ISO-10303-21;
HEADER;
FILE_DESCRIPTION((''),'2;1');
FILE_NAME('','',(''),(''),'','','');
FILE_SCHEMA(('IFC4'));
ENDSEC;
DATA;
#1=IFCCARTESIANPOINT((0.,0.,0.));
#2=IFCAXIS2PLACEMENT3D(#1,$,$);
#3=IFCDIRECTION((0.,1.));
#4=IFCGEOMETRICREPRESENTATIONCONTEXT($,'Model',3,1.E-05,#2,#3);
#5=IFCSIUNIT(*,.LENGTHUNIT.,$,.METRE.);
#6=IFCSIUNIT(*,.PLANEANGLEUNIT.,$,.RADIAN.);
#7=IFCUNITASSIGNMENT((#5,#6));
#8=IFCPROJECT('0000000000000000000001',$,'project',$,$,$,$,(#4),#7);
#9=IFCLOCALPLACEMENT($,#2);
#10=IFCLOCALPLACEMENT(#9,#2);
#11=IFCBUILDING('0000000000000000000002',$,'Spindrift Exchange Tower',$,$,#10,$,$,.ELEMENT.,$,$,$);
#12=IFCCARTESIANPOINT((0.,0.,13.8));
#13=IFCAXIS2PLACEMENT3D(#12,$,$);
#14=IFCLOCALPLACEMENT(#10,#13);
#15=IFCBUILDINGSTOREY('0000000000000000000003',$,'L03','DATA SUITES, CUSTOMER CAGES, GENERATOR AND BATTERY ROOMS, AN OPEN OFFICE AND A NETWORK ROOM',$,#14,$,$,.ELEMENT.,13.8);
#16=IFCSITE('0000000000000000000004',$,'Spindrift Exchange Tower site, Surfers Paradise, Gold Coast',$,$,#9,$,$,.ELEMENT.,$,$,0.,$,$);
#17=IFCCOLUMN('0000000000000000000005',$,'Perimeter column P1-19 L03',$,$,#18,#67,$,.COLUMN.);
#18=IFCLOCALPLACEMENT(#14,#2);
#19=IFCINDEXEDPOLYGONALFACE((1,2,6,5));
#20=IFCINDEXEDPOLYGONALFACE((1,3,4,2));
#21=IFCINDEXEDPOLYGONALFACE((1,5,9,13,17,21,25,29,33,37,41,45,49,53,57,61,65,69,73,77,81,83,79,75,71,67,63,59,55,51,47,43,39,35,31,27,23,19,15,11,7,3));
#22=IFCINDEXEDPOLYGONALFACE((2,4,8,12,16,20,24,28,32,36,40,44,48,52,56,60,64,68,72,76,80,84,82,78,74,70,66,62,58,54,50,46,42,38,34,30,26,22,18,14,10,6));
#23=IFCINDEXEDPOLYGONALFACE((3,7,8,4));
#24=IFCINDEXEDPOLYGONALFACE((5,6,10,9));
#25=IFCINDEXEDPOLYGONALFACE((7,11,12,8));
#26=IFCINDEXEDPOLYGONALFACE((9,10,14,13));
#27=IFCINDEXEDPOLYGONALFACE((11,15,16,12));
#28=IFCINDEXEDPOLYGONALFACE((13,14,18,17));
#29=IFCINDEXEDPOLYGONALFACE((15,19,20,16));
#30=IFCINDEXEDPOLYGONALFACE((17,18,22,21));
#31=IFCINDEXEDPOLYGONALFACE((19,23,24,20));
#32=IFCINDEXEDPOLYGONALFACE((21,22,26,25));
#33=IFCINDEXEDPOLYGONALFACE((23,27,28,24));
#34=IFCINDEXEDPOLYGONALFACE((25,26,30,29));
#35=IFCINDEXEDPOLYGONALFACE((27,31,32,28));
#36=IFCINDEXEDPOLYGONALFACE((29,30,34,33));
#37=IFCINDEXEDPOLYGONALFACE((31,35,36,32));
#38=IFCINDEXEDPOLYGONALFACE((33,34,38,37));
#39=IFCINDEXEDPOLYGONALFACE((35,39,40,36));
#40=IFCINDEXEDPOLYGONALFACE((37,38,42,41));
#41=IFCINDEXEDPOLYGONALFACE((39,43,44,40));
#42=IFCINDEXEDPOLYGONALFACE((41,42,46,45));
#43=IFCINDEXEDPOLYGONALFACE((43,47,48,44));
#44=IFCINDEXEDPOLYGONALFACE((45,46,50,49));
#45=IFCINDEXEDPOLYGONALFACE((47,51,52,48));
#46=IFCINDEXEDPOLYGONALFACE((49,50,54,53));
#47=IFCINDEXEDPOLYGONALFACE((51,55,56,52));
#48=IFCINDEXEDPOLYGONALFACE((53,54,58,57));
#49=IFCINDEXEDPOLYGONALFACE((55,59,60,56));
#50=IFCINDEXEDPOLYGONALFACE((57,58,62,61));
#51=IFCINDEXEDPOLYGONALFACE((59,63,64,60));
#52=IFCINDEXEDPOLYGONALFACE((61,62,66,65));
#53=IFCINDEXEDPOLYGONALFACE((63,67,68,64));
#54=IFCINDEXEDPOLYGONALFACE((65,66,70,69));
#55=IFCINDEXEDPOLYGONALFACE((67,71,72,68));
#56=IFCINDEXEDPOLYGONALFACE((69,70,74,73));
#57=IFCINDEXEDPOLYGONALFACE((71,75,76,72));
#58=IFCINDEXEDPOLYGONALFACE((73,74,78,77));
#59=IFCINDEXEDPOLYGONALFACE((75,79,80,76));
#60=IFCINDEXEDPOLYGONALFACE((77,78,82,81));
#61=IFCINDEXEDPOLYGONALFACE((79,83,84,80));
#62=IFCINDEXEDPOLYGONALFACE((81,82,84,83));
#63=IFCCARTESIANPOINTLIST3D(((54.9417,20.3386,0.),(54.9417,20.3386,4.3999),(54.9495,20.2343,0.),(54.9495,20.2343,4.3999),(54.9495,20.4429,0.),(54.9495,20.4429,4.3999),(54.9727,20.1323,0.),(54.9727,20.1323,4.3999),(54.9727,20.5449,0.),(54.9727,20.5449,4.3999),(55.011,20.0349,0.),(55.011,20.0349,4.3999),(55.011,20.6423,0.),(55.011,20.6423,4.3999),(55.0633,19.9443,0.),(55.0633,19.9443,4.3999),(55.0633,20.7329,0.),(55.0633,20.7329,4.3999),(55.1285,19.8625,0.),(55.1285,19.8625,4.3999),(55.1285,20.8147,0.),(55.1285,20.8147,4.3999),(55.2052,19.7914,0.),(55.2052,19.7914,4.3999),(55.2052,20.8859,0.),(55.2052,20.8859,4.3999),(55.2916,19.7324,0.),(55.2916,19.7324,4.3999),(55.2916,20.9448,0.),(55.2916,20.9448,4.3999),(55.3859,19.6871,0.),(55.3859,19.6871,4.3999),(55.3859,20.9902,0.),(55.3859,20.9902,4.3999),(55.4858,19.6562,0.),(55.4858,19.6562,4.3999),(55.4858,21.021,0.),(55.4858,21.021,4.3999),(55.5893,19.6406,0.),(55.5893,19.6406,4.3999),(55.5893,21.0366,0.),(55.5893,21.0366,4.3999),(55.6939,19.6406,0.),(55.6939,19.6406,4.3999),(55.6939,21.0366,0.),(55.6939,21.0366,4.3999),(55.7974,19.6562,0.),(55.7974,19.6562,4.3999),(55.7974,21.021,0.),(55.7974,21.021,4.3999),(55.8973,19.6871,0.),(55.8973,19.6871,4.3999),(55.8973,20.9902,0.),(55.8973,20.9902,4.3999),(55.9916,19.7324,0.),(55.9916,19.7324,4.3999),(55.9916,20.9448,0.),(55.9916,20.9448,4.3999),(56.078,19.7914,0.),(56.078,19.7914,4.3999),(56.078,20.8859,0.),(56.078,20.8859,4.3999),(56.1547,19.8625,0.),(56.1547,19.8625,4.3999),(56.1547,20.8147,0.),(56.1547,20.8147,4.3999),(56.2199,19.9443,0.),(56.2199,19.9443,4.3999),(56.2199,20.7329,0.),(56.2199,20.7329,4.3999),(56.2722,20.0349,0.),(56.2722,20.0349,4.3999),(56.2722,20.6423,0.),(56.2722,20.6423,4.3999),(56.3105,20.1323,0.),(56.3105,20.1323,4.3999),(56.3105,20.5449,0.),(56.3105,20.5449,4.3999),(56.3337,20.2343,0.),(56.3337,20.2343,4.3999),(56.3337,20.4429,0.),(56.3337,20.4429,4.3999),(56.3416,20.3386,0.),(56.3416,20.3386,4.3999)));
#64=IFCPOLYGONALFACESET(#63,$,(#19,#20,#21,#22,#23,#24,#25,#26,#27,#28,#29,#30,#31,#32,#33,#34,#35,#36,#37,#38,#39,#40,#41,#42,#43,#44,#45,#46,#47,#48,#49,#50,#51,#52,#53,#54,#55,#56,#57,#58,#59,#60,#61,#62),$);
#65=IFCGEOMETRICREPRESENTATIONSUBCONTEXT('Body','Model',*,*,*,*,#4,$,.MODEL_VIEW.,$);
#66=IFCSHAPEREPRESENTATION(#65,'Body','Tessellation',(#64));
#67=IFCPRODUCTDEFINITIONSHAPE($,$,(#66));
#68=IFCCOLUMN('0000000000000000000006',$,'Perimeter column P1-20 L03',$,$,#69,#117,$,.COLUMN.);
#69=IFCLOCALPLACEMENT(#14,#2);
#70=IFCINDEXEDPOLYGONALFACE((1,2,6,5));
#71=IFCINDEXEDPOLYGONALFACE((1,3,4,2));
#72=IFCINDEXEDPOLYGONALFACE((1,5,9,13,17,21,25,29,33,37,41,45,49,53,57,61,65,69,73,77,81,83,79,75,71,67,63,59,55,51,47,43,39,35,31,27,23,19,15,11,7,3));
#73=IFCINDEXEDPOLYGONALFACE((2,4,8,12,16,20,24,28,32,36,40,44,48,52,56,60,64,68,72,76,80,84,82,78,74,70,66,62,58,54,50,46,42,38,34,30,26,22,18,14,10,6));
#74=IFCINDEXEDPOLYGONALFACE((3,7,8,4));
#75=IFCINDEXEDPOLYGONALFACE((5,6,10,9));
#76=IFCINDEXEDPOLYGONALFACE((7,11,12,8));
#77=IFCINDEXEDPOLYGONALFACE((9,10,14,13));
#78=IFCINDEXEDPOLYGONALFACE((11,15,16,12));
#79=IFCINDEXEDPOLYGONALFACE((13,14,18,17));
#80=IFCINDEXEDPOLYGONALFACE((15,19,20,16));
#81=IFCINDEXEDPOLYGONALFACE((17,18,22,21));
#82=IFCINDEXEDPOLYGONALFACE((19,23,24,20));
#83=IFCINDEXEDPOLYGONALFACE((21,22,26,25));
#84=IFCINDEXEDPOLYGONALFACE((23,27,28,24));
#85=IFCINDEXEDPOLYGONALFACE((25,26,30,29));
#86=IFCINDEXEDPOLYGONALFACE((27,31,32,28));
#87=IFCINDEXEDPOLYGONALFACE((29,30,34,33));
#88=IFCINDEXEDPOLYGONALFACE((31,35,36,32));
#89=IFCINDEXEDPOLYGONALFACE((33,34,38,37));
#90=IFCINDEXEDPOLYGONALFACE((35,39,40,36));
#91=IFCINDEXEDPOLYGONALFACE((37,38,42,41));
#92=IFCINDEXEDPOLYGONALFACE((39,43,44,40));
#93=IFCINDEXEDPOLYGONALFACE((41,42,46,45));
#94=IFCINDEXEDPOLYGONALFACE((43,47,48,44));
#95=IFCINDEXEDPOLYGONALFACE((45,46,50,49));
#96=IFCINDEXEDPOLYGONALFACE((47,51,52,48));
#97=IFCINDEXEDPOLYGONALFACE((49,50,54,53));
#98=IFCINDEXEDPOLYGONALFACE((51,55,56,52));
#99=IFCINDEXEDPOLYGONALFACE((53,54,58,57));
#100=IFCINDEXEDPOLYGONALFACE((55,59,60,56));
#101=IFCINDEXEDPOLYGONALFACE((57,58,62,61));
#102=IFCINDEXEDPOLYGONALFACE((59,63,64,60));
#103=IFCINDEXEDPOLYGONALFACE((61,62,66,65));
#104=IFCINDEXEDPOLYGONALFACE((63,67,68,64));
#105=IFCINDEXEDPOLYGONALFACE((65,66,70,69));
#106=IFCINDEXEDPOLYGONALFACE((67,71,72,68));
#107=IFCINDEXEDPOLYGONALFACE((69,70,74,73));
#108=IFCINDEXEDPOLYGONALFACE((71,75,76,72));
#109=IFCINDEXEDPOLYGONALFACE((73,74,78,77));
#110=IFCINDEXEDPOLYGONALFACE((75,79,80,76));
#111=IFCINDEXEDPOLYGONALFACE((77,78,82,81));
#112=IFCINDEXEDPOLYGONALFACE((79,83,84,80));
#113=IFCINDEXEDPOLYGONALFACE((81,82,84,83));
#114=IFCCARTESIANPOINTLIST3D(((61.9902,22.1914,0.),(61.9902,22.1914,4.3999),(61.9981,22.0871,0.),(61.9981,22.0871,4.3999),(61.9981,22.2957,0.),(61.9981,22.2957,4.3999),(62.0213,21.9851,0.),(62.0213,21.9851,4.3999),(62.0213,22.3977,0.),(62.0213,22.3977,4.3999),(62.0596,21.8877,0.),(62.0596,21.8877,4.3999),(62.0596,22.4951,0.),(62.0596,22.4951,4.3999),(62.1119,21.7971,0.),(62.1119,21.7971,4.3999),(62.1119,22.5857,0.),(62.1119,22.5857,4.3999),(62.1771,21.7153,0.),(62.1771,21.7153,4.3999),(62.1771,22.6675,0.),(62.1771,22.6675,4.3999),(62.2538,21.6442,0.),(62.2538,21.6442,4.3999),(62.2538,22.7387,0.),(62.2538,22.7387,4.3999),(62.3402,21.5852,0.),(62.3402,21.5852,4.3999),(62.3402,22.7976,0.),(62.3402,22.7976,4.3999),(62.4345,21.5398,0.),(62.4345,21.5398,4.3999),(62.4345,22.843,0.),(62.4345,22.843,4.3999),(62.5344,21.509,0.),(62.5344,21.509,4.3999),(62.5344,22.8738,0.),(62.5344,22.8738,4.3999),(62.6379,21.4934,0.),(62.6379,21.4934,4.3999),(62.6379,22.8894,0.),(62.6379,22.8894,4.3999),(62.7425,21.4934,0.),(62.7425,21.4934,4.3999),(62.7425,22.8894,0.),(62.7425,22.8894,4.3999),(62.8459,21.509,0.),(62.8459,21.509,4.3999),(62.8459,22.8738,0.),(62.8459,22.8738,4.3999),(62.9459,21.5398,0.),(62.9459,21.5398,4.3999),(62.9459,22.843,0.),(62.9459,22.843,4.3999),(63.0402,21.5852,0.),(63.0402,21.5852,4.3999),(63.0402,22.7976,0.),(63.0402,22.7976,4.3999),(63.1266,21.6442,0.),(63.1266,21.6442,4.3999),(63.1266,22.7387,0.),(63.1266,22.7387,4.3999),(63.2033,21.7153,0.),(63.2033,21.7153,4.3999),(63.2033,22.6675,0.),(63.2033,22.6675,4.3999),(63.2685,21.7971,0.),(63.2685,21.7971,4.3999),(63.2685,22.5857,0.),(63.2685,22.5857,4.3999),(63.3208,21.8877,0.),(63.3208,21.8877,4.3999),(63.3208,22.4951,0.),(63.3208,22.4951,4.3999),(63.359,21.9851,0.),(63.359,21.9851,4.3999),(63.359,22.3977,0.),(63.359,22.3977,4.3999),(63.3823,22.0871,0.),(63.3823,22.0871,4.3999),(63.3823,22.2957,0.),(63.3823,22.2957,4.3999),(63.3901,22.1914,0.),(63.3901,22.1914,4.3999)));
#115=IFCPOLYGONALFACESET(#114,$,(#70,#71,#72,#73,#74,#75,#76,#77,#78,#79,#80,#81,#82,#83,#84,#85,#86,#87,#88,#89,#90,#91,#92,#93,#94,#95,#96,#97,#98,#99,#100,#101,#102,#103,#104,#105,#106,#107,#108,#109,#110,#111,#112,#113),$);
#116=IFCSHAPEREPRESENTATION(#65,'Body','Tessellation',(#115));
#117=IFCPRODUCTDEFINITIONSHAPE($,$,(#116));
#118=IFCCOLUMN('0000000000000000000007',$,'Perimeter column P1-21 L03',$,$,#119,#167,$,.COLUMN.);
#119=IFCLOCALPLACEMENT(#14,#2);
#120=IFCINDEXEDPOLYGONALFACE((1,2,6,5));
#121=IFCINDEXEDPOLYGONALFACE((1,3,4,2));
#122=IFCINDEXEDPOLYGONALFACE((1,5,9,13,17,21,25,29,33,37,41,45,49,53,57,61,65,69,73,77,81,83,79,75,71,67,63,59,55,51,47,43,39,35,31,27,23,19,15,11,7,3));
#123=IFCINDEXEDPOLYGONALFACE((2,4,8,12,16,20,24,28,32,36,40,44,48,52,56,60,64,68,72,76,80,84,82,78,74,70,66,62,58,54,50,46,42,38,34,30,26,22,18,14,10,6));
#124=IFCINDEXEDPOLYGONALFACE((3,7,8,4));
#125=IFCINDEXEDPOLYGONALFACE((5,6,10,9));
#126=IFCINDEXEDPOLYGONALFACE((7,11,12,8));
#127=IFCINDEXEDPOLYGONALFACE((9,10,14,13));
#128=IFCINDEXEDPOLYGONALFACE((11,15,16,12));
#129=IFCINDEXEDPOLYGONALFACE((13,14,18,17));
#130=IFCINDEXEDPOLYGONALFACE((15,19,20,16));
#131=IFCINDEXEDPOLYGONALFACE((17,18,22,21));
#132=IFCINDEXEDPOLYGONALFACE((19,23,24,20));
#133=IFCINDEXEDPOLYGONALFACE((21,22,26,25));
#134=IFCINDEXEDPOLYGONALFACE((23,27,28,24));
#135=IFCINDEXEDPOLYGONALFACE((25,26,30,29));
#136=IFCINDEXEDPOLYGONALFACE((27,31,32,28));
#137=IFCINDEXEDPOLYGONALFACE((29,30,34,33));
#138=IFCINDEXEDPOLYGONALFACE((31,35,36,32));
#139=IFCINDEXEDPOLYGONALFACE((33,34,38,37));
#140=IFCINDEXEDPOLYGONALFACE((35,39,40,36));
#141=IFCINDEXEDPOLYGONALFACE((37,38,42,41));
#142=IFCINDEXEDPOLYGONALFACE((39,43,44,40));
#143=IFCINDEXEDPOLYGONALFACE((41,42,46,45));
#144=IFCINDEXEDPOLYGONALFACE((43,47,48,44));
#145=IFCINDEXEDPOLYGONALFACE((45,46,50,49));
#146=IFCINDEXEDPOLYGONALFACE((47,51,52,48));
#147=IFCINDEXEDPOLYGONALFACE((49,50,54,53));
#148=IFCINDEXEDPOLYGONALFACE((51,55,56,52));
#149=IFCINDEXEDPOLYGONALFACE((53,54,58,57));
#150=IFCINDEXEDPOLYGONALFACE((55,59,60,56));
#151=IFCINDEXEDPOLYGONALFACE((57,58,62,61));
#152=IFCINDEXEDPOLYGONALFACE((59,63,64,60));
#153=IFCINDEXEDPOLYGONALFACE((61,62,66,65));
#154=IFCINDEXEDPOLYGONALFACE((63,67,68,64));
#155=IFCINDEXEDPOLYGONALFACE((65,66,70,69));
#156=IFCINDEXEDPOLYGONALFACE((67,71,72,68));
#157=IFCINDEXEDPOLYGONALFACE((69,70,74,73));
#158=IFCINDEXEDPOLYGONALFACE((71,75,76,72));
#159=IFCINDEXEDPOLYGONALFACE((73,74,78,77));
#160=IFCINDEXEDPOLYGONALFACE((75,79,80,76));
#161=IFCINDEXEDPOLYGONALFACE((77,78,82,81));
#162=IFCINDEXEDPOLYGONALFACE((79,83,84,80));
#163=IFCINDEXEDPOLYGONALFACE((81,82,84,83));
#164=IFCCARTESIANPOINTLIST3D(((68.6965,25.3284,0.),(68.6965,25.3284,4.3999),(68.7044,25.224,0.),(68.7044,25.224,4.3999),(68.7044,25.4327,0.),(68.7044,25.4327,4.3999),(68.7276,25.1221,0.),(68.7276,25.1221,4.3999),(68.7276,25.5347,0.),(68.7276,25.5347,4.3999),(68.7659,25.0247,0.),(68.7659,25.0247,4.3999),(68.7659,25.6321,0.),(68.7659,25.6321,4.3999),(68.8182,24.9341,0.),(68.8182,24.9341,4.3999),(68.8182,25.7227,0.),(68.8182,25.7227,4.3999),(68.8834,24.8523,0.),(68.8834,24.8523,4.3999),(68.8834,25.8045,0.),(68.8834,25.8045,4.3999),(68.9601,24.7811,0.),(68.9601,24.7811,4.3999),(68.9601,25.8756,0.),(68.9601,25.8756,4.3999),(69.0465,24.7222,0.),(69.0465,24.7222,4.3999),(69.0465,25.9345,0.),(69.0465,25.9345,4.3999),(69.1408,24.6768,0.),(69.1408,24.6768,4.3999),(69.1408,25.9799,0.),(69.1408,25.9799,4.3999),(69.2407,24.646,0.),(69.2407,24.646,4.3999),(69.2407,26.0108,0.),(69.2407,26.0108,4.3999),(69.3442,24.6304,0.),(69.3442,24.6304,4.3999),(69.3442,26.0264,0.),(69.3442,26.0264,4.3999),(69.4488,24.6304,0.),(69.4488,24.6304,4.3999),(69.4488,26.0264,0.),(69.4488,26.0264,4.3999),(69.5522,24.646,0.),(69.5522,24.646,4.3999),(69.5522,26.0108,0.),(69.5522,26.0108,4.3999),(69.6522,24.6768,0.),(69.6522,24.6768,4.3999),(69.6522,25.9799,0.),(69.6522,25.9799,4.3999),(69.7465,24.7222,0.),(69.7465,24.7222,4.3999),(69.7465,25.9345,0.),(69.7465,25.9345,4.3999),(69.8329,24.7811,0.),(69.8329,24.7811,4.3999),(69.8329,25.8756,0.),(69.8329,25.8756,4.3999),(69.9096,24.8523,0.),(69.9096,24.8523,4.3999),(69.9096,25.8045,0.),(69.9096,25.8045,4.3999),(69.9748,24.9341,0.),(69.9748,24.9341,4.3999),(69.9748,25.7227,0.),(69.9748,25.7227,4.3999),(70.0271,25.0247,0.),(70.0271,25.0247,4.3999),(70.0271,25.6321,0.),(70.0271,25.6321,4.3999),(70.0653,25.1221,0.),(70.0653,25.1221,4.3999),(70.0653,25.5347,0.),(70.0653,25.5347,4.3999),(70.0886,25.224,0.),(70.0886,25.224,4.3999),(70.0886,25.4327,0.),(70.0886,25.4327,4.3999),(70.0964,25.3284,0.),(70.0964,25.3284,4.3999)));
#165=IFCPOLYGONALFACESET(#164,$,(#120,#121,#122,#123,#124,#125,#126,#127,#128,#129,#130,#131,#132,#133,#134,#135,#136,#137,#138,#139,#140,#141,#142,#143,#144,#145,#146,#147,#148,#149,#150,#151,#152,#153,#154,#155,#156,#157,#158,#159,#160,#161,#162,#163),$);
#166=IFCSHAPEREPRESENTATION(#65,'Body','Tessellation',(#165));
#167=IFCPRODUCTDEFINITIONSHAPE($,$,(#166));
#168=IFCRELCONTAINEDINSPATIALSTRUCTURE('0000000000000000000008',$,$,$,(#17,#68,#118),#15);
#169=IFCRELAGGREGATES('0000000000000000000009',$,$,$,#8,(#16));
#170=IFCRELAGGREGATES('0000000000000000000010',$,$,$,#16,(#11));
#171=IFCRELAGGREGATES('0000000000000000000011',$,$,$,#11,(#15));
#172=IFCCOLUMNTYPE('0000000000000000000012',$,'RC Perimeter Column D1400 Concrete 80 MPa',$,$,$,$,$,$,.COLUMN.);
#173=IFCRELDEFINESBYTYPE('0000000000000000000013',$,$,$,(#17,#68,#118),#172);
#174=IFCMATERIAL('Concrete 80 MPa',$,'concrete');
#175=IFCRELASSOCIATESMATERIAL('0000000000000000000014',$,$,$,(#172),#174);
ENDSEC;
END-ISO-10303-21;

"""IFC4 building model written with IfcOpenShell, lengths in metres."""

from ifc_helpers import new_model, si_unit, direction, frame, origin, origin_2d, place, context, subcontext, project, spatial, circle, extrude, source, transform, mapped, material, material_profile, profile_set, type_object, element, save


model = new_model("IFC4")

# Units and contexts
model_context = context("Model", 3, precision=1e-05, world=origin(), true_north=direction((0.0, 1.0)))
body_context = subcontext(model_context, "Body", "Model", "MODEL_VIEW")
ifc_project = project(units=[si_unit("LENGTHUNIT", "METRE"), si_unit("PLANEANGLEUNIT", "RADIAN")], contexts=[model_context])

# Site, building, storey
site_placement = place(None, origin())
site = spatial("IfcSite", under=ifc_project, at=site_placement, Name="Spindrift Exchange Tower site, Surfers Paradise, Gold Coast", CompositionType="ELEMENT", RefElevation=0.0)
building_placement = place(site_placement, origin())
building = spatial("IfcBuilding", under=site, at=building_placement, Name="Spindrift Exchange Tower", CompositionType="ELEMENT")
storey_placement = place(building_placement, frame((0.0, 0.0, 13.8)))
storey = spatial("IfcBuildingStorey", under=building, at=storey_placement, Name="L03", Description="DATA SUITES, CUSTOMER CAGES, GENERATOR AND BATTERY ROOMS, AN OPEN OFFICE AND A NETWORK ROOM", CompositionType="ELEMENT", Elevation=13.8)

# Columns
ifc_material_1 = material(Name="Concrete 80 MPa", Category="concrete")
ifc_material_profile_1 = material_profile(ifc_material_1, circle(Radius=0.7, at=origin_2d()), Name="RC D1400")
ifc_profile_set_1 = profile_set([ifc_material_profile_1], Name="Concrete 80 MPa")
column_type_1 = type_object("IfcColumnType", Name="RC Perimeter Column D1400 Concrete 80 MPa", PredefinedType="COLUMN", material=ifc_profile_set_1)
shared_shape_1 = source(origin(), body_context, "Body", "SweptSolid", [
    extrude(circle(Radius=0.7, at=origin_2d()), origin(), (0.0, 0.0, 1.0), 4.3999),
])
for number, where, z_axis, x_axis, name in (
    (1, (55.6416, 20.3386, 0.0), (0.0, 0.0, 1.0), (1.0, 0.0, 0.0), "Perimeter column P1-19 L03"),
    (2, (62.6902, 22.1914, 0.0), (0.0, 0.0, 1.0), (1.0, 0.0, 0.0), "Perimeter column P1-20 L03"),
    (3, (69.3965, 25.3284, 0.0), (0.0, 0.0, 1.0), (1.0, 0.0, 0.0), "Perimeter column P1-21 L03"),
):
    element("IfcColumn", number, at=place(storey_placement, frame(where, z_axis=z_axis, x_axis=x_axis)), inside=storey, type_object=column_type_1, Name=name, PredefinedType="COLUMN", context=body_context, shape_type="MappedRepresentation", body=[
        mapped(shared_shape_1, transform((0.0, 0.0, 0.0), scale=1.0)),
    ])

save(model, "model.ifc")
